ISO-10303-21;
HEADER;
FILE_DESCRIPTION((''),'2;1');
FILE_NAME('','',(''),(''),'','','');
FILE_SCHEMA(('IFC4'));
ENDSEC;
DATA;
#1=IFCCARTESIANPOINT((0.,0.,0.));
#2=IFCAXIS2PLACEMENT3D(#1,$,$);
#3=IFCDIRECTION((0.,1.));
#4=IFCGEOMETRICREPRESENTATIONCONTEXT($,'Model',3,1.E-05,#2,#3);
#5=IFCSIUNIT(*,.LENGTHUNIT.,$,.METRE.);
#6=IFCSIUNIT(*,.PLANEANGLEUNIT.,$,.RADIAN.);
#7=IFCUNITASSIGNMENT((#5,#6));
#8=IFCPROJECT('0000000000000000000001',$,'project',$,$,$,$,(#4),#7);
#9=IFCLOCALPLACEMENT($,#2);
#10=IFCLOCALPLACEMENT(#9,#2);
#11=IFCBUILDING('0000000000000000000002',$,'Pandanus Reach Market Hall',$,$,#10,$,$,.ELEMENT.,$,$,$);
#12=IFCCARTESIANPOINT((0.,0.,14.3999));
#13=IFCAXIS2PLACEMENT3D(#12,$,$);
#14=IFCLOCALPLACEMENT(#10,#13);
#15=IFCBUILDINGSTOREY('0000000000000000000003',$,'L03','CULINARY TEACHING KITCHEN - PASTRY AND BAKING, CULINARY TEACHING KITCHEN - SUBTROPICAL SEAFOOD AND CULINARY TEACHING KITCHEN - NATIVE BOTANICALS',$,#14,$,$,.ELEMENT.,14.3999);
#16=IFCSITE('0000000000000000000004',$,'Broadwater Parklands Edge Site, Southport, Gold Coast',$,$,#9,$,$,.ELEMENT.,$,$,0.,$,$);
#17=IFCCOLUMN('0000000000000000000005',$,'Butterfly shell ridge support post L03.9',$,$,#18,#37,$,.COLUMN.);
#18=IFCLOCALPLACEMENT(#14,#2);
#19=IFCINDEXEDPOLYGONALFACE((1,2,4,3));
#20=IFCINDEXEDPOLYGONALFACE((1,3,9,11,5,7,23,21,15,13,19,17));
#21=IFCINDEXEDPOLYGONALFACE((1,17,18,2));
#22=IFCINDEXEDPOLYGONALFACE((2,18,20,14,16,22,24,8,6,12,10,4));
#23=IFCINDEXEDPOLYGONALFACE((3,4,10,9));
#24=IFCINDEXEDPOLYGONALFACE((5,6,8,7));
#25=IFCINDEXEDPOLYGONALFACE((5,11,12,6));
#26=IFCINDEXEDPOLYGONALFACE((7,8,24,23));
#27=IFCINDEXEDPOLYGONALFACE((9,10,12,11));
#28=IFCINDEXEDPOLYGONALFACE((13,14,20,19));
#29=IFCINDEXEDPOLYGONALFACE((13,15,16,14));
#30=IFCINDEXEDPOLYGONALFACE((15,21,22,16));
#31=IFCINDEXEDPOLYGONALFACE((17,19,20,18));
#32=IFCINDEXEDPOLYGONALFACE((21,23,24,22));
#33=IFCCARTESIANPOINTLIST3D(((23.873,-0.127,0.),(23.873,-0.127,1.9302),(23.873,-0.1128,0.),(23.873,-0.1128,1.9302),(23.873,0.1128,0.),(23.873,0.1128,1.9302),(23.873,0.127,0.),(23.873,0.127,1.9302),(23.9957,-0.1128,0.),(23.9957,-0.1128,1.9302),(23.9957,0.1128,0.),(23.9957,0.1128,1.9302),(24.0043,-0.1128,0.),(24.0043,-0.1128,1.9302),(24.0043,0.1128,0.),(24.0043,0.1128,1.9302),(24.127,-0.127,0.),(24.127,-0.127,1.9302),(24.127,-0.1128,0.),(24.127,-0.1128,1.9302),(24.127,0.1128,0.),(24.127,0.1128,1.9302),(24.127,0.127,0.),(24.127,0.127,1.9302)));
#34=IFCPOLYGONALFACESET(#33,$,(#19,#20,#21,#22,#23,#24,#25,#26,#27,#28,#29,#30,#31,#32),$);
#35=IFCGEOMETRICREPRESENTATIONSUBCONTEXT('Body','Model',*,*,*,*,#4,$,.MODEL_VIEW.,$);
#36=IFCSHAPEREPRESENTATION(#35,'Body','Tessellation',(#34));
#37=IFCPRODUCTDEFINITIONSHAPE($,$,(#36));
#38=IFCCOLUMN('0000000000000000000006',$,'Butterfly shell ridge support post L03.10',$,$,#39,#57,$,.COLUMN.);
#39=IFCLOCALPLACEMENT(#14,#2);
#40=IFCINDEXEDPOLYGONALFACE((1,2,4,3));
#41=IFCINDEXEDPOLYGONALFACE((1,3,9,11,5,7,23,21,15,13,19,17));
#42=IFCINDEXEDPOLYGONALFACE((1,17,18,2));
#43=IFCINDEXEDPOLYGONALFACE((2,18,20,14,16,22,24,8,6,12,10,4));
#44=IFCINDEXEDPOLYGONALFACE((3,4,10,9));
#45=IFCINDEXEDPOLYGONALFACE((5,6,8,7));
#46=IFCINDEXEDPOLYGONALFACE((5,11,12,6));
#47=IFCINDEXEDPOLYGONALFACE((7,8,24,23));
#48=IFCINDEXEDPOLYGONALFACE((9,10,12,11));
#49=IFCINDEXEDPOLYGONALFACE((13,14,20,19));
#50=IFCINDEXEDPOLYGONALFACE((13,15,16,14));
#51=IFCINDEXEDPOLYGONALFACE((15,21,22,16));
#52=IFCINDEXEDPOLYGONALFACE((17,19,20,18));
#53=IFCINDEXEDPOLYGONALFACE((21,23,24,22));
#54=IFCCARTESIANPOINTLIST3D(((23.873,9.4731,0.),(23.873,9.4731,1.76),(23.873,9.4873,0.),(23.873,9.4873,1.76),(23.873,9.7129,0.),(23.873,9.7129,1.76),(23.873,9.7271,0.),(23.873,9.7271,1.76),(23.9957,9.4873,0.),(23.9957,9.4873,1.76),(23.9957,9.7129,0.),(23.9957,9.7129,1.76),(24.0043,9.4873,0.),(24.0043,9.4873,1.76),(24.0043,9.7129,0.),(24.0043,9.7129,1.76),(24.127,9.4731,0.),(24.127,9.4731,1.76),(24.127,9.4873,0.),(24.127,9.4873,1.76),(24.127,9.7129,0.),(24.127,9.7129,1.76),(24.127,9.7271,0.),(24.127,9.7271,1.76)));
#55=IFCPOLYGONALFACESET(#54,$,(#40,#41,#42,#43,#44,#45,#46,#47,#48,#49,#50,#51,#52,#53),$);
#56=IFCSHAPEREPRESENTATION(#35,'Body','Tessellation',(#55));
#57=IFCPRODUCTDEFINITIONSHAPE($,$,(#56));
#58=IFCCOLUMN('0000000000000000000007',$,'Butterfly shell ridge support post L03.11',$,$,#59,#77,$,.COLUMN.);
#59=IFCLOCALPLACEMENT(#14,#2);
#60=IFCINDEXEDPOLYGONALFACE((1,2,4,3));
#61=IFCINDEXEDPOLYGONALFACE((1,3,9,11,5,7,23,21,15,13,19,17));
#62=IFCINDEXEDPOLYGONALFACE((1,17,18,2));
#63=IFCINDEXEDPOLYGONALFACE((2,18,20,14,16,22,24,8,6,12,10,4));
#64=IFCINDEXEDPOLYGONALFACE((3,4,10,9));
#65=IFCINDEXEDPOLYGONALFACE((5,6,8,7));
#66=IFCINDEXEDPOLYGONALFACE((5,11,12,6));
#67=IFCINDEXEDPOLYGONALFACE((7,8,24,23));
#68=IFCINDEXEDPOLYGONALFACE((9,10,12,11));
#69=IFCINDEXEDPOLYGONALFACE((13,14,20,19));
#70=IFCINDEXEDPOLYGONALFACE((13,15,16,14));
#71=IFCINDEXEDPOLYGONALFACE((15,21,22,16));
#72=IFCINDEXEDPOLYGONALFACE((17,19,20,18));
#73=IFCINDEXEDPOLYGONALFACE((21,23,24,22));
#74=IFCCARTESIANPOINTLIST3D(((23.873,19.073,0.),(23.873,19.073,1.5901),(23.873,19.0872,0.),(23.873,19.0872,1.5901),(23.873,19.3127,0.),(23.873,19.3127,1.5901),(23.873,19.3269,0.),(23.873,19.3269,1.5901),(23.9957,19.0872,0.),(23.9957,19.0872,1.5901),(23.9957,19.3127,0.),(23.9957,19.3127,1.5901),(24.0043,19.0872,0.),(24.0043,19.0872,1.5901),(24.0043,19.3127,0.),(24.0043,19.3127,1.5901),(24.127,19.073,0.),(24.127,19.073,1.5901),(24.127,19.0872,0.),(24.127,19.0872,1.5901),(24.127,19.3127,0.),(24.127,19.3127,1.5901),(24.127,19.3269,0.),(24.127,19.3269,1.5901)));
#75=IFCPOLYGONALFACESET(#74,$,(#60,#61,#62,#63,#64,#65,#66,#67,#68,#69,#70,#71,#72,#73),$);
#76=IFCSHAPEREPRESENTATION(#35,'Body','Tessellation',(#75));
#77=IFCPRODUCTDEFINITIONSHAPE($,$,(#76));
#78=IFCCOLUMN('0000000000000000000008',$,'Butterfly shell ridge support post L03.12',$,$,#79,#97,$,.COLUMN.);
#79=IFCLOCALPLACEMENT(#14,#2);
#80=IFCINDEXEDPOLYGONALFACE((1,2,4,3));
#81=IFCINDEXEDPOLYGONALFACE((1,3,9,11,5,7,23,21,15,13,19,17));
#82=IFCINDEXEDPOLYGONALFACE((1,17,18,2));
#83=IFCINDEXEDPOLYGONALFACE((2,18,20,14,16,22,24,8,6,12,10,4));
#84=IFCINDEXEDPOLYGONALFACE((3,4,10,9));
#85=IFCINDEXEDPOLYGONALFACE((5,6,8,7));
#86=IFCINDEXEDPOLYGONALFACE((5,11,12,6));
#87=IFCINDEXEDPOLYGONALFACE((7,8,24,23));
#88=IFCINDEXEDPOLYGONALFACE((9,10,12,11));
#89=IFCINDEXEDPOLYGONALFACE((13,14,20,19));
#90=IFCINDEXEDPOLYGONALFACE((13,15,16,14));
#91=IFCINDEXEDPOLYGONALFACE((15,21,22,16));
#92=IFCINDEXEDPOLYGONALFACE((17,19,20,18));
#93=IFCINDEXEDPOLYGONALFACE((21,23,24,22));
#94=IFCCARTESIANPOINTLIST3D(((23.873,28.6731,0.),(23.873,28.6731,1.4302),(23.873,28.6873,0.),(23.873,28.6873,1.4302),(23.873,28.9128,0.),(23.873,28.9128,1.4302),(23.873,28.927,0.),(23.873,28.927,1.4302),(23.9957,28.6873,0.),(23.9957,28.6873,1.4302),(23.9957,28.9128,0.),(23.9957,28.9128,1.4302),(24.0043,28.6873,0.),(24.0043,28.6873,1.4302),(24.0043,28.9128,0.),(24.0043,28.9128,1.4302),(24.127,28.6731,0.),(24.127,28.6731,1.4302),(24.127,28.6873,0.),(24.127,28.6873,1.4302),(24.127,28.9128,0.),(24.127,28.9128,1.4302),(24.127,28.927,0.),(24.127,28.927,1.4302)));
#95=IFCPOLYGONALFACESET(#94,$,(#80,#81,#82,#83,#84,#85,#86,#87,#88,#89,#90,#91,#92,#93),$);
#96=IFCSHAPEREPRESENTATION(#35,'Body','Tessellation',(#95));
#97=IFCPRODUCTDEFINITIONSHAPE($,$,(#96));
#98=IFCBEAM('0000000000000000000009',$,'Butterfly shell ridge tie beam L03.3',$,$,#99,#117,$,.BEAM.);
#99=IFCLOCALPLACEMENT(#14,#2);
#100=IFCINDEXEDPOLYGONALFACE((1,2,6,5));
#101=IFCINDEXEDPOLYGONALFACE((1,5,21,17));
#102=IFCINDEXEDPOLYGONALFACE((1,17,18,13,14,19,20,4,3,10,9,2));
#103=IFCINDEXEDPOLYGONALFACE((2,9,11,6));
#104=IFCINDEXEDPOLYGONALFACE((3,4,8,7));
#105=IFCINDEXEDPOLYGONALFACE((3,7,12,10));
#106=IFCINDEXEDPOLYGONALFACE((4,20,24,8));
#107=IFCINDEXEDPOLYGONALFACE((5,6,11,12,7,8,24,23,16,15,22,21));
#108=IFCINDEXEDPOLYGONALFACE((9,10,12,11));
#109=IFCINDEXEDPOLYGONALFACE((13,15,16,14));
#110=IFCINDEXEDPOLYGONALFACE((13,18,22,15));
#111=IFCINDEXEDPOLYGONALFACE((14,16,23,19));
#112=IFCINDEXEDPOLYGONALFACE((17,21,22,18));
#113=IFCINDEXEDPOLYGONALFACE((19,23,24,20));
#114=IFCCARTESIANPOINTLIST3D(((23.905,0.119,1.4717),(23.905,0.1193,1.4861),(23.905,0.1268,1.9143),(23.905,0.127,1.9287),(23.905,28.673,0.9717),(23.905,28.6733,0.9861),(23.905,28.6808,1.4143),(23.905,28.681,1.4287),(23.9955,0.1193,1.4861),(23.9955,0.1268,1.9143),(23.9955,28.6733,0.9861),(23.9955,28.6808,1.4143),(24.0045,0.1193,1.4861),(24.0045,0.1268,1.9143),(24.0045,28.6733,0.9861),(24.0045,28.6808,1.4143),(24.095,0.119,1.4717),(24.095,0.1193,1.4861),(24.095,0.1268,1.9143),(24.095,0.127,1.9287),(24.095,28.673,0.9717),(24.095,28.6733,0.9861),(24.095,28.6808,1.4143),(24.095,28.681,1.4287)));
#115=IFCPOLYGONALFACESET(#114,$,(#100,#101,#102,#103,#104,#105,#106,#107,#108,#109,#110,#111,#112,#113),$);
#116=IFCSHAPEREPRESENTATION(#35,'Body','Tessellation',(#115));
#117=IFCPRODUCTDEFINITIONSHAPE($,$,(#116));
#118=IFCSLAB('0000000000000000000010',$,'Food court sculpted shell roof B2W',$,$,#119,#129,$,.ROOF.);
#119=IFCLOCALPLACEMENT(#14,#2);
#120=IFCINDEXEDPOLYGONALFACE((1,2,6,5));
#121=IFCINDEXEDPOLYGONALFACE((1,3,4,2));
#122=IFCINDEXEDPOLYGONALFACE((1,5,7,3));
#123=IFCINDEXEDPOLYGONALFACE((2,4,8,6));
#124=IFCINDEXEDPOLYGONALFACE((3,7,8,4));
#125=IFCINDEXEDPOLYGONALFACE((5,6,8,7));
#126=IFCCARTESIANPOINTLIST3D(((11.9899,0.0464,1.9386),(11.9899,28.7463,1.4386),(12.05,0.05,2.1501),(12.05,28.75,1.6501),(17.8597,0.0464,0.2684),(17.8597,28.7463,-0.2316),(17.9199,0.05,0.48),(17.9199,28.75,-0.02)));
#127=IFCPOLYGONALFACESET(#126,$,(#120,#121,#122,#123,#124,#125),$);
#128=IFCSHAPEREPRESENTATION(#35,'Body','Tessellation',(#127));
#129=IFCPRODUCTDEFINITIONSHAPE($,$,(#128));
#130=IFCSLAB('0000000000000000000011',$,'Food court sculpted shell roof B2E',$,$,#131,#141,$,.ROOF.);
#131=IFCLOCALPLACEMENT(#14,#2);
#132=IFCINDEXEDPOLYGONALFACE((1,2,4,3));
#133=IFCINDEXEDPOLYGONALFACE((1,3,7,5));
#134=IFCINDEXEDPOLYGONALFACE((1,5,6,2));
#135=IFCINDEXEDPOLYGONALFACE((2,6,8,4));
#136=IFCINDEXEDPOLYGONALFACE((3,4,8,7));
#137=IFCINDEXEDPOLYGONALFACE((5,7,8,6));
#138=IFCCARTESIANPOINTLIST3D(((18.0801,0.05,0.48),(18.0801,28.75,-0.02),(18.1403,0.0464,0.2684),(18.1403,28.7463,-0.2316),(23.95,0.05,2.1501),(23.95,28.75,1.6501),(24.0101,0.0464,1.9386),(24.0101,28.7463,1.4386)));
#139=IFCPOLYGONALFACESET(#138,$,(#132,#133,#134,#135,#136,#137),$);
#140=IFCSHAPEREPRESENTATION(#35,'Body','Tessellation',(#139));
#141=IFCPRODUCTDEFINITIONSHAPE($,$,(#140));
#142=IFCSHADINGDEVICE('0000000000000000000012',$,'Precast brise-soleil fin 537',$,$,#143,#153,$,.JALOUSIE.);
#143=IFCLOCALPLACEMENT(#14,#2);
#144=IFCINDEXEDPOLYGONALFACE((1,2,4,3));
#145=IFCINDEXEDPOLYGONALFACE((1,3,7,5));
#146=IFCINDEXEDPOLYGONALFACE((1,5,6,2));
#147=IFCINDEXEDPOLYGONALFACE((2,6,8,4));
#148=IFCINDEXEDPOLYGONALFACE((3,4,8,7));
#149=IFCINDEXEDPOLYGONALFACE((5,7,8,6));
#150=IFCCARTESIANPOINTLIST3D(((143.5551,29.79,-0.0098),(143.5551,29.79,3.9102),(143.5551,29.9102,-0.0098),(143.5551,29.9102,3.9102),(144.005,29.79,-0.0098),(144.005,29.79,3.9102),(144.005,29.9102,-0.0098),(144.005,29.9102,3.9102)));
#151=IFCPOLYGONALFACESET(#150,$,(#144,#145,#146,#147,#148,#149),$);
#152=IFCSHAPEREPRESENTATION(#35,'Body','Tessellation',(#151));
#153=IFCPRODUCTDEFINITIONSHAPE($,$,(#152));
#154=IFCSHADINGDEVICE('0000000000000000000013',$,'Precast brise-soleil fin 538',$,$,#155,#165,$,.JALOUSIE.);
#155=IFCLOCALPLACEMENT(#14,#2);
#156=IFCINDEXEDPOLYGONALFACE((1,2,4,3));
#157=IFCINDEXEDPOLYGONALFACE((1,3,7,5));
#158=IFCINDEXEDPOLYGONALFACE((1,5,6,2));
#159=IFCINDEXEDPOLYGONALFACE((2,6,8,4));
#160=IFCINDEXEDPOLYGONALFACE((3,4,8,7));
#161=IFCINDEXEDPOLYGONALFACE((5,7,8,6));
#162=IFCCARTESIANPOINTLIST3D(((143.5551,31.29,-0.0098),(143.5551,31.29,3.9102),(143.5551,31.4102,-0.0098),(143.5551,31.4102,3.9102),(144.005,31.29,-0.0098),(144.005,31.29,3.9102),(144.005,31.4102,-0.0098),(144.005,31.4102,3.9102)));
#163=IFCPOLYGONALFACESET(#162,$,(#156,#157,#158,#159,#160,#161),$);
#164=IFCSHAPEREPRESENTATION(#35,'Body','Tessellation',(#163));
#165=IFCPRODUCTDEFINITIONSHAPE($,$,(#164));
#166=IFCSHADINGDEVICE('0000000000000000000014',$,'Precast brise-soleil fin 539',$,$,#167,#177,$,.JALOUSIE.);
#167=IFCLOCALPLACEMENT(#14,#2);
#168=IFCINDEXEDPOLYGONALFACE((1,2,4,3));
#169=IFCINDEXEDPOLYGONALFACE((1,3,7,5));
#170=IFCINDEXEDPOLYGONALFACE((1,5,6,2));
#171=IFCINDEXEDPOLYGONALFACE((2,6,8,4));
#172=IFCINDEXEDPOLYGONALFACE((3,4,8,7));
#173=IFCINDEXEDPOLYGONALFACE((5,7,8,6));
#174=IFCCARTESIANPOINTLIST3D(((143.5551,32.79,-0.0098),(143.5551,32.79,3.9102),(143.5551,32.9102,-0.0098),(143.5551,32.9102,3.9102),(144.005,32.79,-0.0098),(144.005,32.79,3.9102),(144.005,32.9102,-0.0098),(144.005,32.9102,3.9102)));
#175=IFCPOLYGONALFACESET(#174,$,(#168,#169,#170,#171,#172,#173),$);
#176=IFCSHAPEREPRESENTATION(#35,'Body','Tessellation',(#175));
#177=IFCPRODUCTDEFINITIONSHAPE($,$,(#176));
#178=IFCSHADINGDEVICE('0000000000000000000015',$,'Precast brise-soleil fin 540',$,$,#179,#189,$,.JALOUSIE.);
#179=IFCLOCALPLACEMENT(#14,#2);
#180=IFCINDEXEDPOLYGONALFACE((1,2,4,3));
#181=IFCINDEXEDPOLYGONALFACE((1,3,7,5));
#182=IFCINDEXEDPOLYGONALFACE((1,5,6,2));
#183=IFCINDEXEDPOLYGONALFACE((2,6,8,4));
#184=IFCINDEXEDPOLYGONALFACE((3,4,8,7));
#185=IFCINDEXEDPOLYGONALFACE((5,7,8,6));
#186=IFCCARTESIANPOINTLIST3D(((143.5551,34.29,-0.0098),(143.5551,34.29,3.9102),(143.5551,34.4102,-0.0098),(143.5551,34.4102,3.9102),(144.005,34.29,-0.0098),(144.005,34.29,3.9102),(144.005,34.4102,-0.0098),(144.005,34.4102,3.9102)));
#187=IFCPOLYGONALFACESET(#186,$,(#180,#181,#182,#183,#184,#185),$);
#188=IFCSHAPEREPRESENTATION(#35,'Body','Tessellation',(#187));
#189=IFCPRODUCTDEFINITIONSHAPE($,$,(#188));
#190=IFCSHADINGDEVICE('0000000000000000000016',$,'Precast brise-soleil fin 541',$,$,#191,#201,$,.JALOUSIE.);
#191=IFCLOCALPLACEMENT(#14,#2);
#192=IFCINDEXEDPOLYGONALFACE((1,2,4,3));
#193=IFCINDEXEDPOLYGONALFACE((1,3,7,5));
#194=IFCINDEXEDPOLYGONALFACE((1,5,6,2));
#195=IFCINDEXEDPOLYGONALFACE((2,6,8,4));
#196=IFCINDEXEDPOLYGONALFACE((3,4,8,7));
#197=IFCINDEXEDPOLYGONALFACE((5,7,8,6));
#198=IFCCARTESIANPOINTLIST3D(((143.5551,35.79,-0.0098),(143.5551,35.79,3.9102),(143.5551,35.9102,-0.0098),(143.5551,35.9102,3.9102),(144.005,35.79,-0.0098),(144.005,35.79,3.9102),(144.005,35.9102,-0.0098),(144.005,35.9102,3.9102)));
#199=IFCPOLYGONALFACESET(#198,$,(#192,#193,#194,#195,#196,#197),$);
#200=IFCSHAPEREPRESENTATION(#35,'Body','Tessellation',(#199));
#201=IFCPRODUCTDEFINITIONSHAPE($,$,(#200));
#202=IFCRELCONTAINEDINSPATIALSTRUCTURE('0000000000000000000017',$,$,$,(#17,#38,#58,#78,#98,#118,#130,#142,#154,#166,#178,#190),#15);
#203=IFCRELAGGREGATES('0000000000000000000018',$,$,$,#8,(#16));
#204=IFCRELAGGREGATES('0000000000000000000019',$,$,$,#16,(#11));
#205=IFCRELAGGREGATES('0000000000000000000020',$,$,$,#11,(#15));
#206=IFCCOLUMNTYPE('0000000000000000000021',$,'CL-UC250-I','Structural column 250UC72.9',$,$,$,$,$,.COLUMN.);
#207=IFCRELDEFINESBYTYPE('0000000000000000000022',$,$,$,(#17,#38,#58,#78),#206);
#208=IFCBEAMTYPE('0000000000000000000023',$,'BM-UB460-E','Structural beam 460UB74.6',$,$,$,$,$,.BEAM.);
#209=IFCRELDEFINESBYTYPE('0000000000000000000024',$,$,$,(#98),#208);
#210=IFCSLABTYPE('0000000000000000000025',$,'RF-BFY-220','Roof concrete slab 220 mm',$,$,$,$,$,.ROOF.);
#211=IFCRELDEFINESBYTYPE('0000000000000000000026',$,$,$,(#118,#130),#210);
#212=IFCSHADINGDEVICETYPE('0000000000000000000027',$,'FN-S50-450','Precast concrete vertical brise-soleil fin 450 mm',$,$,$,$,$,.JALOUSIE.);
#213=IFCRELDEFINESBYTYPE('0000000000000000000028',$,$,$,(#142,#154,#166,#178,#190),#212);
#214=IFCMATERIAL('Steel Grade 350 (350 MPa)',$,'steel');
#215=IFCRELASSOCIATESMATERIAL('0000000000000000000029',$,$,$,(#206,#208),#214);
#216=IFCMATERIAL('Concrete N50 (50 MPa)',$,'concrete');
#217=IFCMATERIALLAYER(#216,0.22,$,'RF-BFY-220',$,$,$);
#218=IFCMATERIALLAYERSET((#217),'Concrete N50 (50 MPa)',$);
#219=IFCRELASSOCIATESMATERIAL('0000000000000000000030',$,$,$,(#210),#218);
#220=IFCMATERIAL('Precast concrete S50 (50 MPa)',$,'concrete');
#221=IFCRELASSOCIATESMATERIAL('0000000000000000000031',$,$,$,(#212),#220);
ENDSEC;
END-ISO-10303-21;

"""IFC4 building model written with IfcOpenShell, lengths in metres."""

from ifc_helpers import new_model, si_unit, direction, frame, origin, origin_2d, place, context, subcontext, project, spatial, polyline, rectangle, i_section, outline, extrude, material, layer, layer_set, material_profile, profile_set, type_object, element, save


model = new_model("IFC4")

# Units and contexts
model_context = context("Model", 3, precision=1e-05, world=origin(), true_north=direction((0.0, 1.0)))
body_context = subcontext(model_context, "Body", "Model", "MODEL_VIEW")
ifc_project = project(units=[si_unit("LENGTHUNIT", "METRE"), si_unit("PLANEANGLEUNIT", "RADIAN")], contexts=[model_context])

# Site, building, storey
site_placement = place(None, origin())
site = spatial("IfcSite", under=ifc_project, at=site_placement, Name="Broadwater Parklands Edge Site, Southport, Gold Coast", CompositionType="ELEMENT", RefElevation=0.0)
building_placement = place(site_placement, origin())
building = spatial("IfcBuilding", under=site, at=building_placement, Name="Pandanus Reach Market Hall", CompositionType="ELEMENT")
storey_placement = place(building_placement, frame((0.0, 0.0, 14.3999)))
storey = spatial("IfcBuildingStorey", under=building, at=storey_placement, Name="L03", Description="CULINARY TEACHING KITCHEN - PASTRY AND BAKING, CULINARY TEACHING KITCHEN - SUBTROPICAL SEAFOOD AND CULINARY TEACHING KITCHEN - NATIVE BOTANICALS", CompositionType="ELEMENT", Elevation=14.3999)

# Columns
ifc_material_1 = material(Name="Steel Grade 350 (350 MPa)", Category="steel")
ifc_material_profile_1 = material_profile(ifc_material_1, i_section(OverallWidth=0.2539, OverallDepth=0.2539, WebThickness=0.0085, FlangeThickness=0.0142, at=origin_2d()), Name="250UC72.9", Category="LoadBearing")
ifc_profile_set_1 = profile_set([ifc_material_profile_1], Name="Steel Grade 350 (350 MPa)")
column_type = type_object("IfcColumnType", Name="CL-UC250-I", Description="Structural column 250UC72.9", PredefinedType="COLUMN", material=ifc_profile_set_1)
column_1_placement = place(storey_placement, frame((24.0, 0.0, 0.0), z_axis=(0.0, 0.0, 1.0), x_axis=(1.0, 0.0, 0.0)))
element("IfcColumn", 1, at=column_1_placement, inside=storey, type_object=column_type, Name="Butterfly shell ridge support post L03.9", PredefinedType="COLUMN", context=body_context, shape_type="SweptSolid", body=[
    extrude(i_section(OverallWidth=0.2539, OverallDepth=0.2539, WebThickness=0.0085, FlangeThickness=0.0142, at=origin_2d()), origin(), (0.0, 0.0, 1.0), 1.9302),
])
column_2_placement = place(storey_placement, frame((24.0, 9.6001, 0.0), z_axis=(0.0, 0.0, 1.0), x_axis=(1.0, 0.0, 0.0)))
element("IfcColumn", 2, at=column_2_placement, inside=storey, type_object=column_type, Name="Butterfly shell ridge support post L03.10", PredefinedType="COLUMN", context=body_context, shape_type="SweptSolid", body=[
    extrude(i_section(OverallWidth=0.2539, OverallDepth=0.2539, WebThickness=0.0085, FlangeThickness=0.0142, at=origin_2d()), origin(), (0.0, 0.0, 1.0), 1.76),
])
column_3_placement = place(storey_placement, frame((24.0, 19.2, 0.0), z_axis=(0.0, 0.0, 1.0), x_axis=(1.0, 0.0, 0.0)))
element("IfcColumn", 3, at=column_3_placement, inside=storey, type_object=column_type, Name="Butterfly shell ridge support post L03.11", PredefinedType="COLUMN", context=body_context, shape_type="SweptSolid", body=[
    extrude(i_section(OverallWidth=0.2539, OverallDepth=0.2539, WebThickness=0.0085, FlangeThickness=0.0142, at=origin_2d()), origin(), (0.0, 0.0, 1.0), 1.5901),
])
column_4_placement = place(storey_placement, frame((24.0, 28.8, 0.0), z_axis=(0.0, 0.0, 1.0), x_axis=(1.0, 0.0, 0.0)))
element("IfcColumn", 4, at=column_4_placement, inside=storey, type_object=column_type, Name="Butterfly shell ridge support post L03.12", PredefinedType="COLUMN", context=body_context, shape_type="SweptSolid", body=[
    extrude(i_section(OverallWidth=0.2539, OverallDepth=0.2539, WebThickness=0.0085, FlangeThickness=0.0142, at=origin_2d()), origin(), (0.0, 0.0, 1.0), 1.4302),
])

# Beam
ifc_material_profile_2 = material_profile(ifc_material_1, i_section(OverallWidth=0.1899, OverallDepth=0.457, WebThickness=0.009, FlangeThickness=0.0144, at=origin_2d()), Name="460UB74.6", Category="LoadBearing")
ifc_profile_set_2 = profile_set([ifc_material_profile_2], Name="Steel Grade 350 (350 MPa)")
beam_type = type_object("IfcBeamType", Name="BM-UB460-E", Description="Structural beam 460UB74.6", PredefinedType="BEAM", material=ifc_profile_set_2)
beam_placement = place(storey_placement, frame((24.0, 0.123, 1.7002), z_axis=(0.0, 0.999847, -0.017508), x_axis=(-1.0, 0.0, 0.0)))
element("IfcBeam", 5, at=beam_placement, inside=storey, type_object=beam_type, Name="Butterfly shell ridge tie beam L03.3", PredefinedType="BEAM", context=body_context, shape_type="SweptSolid", body=[
    extrude(i_section(OverallWidth=0.1899, OverallDepth=0.457, WebThickness=0.009, FlangeThickness=0.0144, at=origin_2d()), origin(), (0.0, 0.0, 1.0), 28.5583),
])

# Slabs
ifc_material_2 = material(Name="Concrete N50 (50 MPa)", Category="concrete")
ifc_layer = layer(ifc_material_2, 0.22, Name="RF-BFY-220")
ifc_layer_set = layer_set([ifc_layer], Name="Concrete N50 (50 MPa)")
slab_type = type_object("IfcSlabType", Name="RF-BFY-220", Description="Roof concrete slab 220 mm", PredefinedType="ROOF", material=ifc_layer_set)
slab_1_placement = place(storey_placement, frame((12.05, 0.05, 2.1501), z_axis=(0.273631, 0.016754, 0.961689), x_axis=(0.961824, 0.0, -0.27367)))
element("IfcSlab", 6, at=slab_1_placement, inside=storey, type_object=slab_type, Name="Food court sculpted shell roof B2W", PredefinedType="ROOF", context=body_context, shape_type="SweptSolid", body=[
    extrude(outline(polyline([(0.0, 0.0), (6.1029, 0.0), (6.2397, 28.704), (0.1368, 28.704), (0.0, 0.0)])), origin(), (0.0, 0.0, -1.0), 0.22),
])
slab_2_placement = place(storey_placement, frame((18.0801, 0.05, 0.48), z_axis=(-0.273631, 0.016754, 0.961689), x_axis=(0.961824, 0.0, 0.27367)))
element("IfcSlab", 7, at=slab_2_placement, inside=storey, type_object=slab_type, Name="Food court sculpted shell roof B2E", PredefinedType="ROOF", context=body_context, shape_type="SweptSolid", body=[
    extrude(outline(polyline([(0.0, 0.0), (6.1029, 0.0), (5.966, 28.704), (-0.1368, 28.704), (0.0, 0.0)])), origin(), (0.0, 0.0, -1.0), 0.22),
])

# Shading devices
ifc_material_3 = material(Name="Precast concrete S50 (50 MPa)", Category="concrete")
shading_device_type = type_object("IfcShadingDeviceType", Name="FN-S50-450", Description="Precast concrete vertical brise-soleil fin 450 mm", PredefinedType="JALOUSIE", material=ifc_material_3)
for number, where, z_axis, x_axis, name in (
    (8, (143.78, 29.8501, -0.0098), (0.0, 0.0, 1.0), (-1.0, 0.0, 0.0), "Precast brise-soleil fin 537"),
    (9, (143.78, 31.3501, -0.0098), (0.0, 0.0, 1.0), (-1.0, 0.0, 0.0), "Precast brise-soleil fin 538"),
    (10, (143.78, 32.8501, -0.0098), (0.0, 0.0, 1.0), (-1.0, 0.0, 0.0), "Precast brise-soleil fin 539"),
    (11, (143.78, 34.3501, -0.0098), (0.0, 0.0, 1.0), (-1.0, 0.0, 0.0), "Precast brise-soleil fin 540"),
    (12, (143.78, 35.8501, -0.0098), (0.0, 0.0, 1.0), (-1.0, 0.0, 0.0), "Precast brise-soleil fin 541"),
):
    element("IfcShadingDevice", number, at=place(storey_placement, frame(where, z_axis=z_axis, x_axis=x_axis)), inside=storey, type_object=shading_device_type, Name=name, PredefinedType="JALOUSIE", context=body_context, shape_type="SweptSolid", body=[
        extrude(rectangle(XDim=0.45, YDim=0.1201, at=origin_2d()), origin(), (0.0, 0.0, 1.0), 3.9199),
    ])

save(model, "model.ifc")
